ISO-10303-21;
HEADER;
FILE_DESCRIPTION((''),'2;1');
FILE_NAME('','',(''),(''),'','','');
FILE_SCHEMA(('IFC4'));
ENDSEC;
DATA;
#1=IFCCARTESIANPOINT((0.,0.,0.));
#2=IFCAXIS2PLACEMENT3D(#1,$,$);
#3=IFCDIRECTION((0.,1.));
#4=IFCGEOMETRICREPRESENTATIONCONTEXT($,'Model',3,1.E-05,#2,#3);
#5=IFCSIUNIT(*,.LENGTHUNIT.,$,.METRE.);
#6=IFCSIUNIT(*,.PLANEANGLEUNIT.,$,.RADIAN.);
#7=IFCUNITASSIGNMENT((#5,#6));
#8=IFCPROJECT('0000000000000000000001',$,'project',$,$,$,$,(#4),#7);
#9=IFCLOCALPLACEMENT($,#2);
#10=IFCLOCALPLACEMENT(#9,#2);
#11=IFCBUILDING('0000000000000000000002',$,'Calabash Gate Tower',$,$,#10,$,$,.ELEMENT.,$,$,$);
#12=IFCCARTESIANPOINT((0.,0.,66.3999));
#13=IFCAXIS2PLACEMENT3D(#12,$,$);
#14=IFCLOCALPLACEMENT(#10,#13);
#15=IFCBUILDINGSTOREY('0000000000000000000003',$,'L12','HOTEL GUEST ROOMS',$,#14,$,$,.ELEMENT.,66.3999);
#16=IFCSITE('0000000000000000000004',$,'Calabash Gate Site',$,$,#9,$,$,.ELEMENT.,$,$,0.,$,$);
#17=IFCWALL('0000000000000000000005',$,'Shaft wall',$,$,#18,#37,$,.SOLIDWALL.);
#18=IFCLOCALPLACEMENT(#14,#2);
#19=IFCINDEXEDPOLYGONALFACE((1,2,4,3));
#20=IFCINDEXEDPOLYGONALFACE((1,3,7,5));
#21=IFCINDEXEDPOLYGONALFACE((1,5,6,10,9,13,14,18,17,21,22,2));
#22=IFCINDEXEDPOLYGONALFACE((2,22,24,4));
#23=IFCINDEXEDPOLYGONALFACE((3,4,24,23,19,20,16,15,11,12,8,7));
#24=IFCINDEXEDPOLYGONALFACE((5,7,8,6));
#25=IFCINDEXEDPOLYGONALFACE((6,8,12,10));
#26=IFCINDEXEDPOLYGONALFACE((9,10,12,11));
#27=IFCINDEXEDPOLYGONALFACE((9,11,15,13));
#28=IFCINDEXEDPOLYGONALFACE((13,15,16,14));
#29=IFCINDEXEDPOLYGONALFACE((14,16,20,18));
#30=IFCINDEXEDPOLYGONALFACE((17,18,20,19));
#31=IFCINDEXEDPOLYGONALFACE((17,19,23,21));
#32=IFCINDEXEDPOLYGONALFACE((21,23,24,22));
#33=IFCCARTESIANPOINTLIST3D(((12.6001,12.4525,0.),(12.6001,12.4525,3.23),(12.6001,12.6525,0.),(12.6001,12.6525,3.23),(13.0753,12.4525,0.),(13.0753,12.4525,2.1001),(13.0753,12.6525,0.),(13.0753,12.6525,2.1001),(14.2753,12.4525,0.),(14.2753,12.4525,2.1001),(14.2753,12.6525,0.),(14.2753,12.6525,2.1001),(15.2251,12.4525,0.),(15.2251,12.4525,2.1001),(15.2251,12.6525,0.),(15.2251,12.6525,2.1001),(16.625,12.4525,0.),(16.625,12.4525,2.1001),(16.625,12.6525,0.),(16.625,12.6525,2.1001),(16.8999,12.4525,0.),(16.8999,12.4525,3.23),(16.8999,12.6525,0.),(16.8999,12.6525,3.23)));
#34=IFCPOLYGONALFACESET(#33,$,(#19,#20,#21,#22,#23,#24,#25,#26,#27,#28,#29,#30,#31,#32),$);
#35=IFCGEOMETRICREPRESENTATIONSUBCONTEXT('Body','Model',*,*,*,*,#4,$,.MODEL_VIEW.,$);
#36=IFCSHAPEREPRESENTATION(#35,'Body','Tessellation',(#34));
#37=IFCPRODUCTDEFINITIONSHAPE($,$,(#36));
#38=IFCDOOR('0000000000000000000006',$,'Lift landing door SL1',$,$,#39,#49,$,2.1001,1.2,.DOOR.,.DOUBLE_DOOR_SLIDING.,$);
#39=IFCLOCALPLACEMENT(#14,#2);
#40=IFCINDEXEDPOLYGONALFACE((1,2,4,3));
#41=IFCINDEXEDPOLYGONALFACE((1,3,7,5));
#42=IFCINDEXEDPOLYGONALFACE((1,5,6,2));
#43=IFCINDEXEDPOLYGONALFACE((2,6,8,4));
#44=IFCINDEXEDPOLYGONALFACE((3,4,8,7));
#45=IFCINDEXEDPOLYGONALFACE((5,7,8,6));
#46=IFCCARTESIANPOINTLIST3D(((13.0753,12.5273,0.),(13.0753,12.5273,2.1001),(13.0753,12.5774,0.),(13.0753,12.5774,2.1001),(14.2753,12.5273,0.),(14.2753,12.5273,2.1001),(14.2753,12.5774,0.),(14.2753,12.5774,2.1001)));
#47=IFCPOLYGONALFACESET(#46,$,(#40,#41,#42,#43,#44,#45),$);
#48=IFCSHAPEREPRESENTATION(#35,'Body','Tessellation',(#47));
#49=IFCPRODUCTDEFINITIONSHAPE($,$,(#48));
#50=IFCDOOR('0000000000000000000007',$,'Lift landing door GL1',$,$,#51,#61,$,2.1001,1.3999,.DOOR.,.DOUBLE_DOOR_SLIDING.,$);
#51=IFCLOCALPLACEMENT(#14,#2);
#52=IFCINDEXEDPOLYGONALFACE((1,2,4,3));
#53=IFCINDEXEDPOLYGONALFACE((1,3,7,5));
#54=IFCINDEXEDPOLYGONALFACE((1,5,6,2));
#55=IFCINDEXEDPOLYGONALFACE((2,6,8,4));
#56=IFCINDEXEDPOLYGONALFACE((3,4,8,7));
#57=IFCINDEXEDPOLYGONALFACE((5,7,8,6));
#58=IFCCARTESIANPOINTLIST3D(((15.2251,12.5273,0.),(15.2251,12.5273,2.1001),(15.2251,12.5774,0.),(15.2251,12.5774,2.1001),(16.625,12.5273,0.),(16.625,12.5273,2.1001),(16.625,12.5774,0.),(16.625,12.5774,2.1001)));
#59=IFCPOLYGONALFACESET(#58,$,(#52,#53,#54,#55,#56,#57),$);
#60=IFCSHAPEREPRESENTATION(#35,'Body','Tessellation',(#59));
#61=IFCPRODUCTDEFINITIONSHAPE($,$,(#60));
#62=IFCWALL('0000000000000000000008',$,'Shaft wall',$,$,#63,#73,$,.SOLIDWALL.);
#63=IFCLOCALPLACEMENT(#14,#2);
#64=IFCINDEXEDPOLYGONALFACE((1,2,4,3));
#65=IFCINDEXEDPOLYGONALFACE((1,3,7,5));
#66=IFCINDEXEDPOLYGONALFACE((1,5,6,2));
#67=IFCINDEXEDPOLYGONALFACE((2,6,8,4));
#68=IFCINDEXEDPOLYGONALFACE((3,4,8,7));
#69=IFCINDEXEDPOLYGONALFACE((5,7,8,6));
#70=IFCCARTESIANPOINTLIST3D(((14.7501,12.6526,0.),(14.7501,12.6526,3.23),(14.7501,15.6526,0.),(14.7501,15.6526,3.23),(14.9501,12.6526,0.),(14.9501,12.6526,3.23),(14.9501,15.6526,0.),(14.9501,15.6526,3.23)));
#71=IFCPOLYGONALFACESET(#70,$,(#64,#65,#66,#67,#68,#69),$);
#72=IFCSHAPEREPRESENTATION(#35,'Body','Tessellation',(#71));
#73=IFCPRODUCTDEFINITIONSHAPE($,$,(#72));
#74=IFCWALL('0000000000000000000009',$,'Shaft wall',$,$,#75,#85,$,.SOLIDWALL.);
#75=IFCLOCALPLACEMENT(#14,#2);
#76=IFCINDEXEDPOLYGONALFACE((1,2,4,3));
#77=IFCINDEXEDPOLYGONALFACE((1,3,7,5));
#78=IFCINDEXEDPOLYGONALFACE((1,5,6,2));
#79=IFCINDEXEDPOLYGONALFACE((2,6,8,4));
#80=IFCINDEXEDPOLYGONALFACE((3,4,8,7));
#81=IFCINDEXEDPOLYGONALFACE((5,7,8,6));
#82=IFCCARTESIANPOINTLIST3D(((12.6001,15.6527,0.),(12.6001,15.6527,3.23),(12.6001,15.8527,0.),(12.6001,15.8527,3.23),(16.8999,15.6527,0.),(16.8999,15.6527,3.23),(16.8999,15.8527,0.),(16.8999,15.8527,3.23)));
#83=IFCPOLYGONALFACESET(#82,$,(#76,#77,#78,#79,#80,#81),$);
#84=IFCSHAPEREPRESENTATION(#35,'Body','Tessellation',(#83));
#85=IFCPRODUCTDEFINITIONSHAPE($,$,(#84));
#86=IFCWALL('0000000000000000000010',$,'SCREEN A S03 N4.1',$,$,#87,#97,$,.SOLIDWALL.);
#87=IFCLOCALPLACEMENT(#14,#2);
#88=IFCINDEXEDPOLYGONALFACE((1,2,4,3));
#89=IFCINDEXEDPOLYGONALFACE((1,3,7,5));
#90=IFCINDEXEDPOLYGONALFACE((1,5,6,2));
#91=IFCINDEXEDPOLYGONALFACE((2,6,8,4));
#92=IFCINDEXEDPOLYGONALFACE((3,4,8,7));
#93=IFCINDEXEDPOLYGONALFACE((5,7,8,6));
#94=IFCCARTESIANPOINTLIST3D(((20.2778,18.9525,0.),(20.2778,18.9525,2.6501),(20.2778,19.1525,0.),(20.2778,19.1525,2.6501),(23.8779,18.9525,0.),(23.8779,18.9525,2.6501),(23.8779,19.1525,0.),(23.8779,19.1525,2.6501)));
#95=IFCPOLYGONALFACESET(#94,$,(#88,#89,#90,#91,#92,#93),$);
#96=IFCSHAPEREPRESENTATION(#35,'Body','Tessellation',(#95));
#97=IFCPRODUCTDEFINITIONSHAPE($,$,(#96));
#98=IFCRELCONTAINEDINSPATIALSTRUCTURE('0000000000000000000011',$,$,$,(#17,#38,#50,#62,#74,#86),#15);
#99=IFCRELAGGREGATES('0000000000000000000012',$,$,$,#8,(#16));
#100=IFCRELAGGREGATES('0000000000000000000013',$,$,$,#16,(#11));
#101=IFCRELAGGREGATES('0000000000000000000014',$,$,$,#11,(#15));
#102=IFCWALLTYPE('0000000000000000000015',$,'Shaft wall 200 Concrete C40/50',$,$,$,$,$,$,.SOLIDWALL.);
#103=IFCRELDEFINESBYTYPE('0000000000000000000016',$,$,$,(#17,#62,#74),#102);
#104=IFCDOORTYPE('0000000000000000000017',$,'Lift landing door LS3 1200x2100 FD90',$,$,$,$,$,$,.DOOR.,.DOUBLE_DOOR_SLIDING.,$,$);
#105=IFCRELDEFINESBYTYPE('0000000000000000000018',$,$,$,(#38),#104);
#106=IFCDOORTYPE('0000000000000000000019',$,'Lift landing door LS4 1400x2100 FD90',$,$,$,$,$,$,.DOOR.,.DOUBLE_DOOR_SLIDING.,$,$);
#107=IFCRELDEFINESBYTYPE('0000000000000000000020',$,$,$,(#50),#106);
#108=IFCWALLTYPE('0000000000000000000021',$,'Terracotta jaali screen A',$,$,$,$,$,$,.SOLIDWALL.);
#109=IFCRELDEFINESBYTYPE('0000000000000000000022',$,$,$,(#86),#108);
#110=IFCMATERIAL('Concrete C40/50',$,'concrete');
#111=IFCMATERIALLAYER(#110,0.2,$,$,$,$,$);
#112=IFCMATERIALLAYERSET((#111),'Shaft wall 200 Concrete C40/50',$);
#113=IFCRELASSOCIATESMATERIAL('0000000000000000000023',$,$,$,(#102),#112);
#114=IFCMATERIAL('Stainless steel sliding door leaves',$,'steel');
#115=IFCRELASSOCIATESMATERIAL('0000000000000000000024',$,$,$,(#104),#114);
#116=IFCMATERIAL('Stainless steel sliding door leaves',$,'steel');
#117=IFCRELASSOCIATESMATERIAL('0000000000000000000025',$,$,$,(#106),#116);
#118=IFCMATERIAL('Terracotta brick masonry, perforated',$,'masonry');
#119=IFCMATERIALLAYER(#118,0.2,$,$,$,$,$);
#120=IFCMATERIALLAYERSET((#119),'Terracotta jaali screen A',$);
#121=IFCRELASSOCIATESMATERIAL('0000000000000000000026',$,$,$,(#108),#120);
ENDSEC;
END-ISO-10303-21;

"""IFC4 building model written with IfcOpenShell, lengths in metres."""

from ifc_helpers import new_model, si_unit, direction, frame, frame_2d, origin, place, context, subcontext, project, spatial, rectangle, extrude, material, layer, layer_set, type_object, element, fill, save


model = new_model("IFC4")

# Units and contexts
model_context = context("Model", 3, precision=1e-05, world=origin(), true_north=direction((0.0, 1.0)))
body_context = subcontext(model_context, "Body", "Model", "MODEL_VIEW")
ifc_project = project(units=[si_unit("LENGTHUNIT", "METRE"), si_unit("PLANEANGLEUNIT", "RADIAN")], contexts=[model_context])

# Site, building, storey
site_placement = place(None, origin())
site = spatial("IfcSite", under=ifc_project, at=site_placement, Name="Calabash Gate Site", CompositionType="ELEMENT", RefElevation=0.0)
building_placement = place(site_placement, origin())
building = spatial("IfcBuilding", under=site, at=building_placement, Name="Calabash Gate Tower", CompositionType="ELEMENT")
storey_placement = place(building_placement, frame((0.0, 0.0, 66.3999)))
storey = spatial("IfcBuildingStorey", under=building, at=storey_placement, Name="L12", Description="HOTEL GUEST ROOMS", CompositionType="ELEMENT", Elevation=66.3999)

# Wall, openings, doors
ifc_material_1 = material(Name="Concrete C40/50", Category="concrete")
ifc_layer_1 = layer(ifc_material_1, 0.2)
ifc_layer_set_1 = layer_set([ifc_layer_1], Name="Shaft wall 200 Concrete C40/50")
wall_type_1 = type_object("IfcWallType", Name="Shaft wall 200 Concrete C40/50", PredefinedType="SOLIDWALL", material=ifc_layer_set_1)
wall_1_placement = place(storey_placement, frame((12.6001, 12.5525, 0.0), z_axis=(0.0, 0.0, 1.0), x_axis=(1.0, 0.0, 0.0)))
wall_1 = element("IfcWall", 1, at=wall_1_placement, inside=storey, type_object=wall_type_1, Name="Shaft wall", PredefinedType="SOLIDWALL", context=body_context, shape_type="SweptSolid", body=[
    extrude(rectangle(XDim=4.2998, YDim=0.2, at=frame_2d((2.1499, 0.0))), origin(), (0.0, 0.0, 1.0), 3.23),
])
opening_1_placement = place(wall_1_placement, frame((0.4751, 0.0, 0.0)))
opening_1 = element("IfcOpeningElement", 2, at=opening_1_placement, cuts=wall_1, PredefinedType="OPENING", context=body_context, shape_type="SweptSolid", body=[
    extrude(rectangle(XDim=1.2, YDim=2.1001, at=frame_2d((0.6001, 1.05))), frame((0.0, 0.1099, 0.0), z_axis=(0.0, -1.0, 0.0), x_axis=(1.0, 0.0, 0.0)), (0.0, 0.0, 1.0), 0.22),
])
opening_2_placement = place(wall_1_placement, frame((2.625, 0.0, 0.0)))
opening_2 = element("IfcOpeningElement", 3, at=opening_2_placement, cuts=wall_1, PredefinedType="OPENING", context=body_context, shape_type="SweptSolid", body=[
    extrude(rectangle(XDim=1.3999, YDim=2.1001, at=frame_2d((0.7, 1.05))), frame((0.0, 0.1099, 0.0), z_axis=(0.0, -1.0, 0.0), x_axis=(1.0, 0.0, 0.0)), (0.0, 0.0, 1.0), 0.22),
])
ifc_material_2 = material(Name="Stainless steel sliding door leaves", Category="steel")
door_type_1 = type_object("IfcDoorType", Name="Lift landing door LS3 1200x2100 FD90", OperationType="DOUBLE_DOOR_SLIDING", PredefinedType="DOOR", material=ifc_material_2)
door_1_placement = place(opening_1_placement, origin())
door_1 = element("IfcDoor", 4, at=door_1_placement, inside=storey, type_object=door_type_1, Name="Lift landing door SL1", OperationType="DOUBLE_DOOR_SLIDING", OverallHeight=2.1001, OverallWidth=1.2, PredefinedType="DOOR", context=body_context, shape_type="SweptSolid", body=[
    extrude(rectangle(XDim=1.2, YDim=2.1001, at=frame_2d((0.6001, 1.05))), frame((0.0, 0.0249, 0.0), z_axis=(0.0, -1.0, 0.0), x_axis=(1.0, 0.0, 0.0)), (0.0, 0.0, 1.0), 0.05),
])
fill(opening_1, door_1)
ifc_material_3 = material(Name="Stainless steel sliding door leaves", Category="steel")
door_type_2 = type_object("IfcDoorType", Name="Lift landing door LS4 1400x2100 FD90", OperationType="DOUBLE_DOOR_SLIDING", PredefinedType="DOOR", material=ifc_material_3)
door_2_placement = place(opening_2_placement, origin())
door_2 = element("IfcDoor", 5, at=door_2_placement, inside=storey, type_object=door_type_2, Name="Lift landing door GL1", OperationType="DOUBLE_DOOR_SLIDING", OverallHeight=2.1001, OverallWidth=1.3999, PredefinedType="DOOR", context=body_context, shape_type="SweptSolid", body=[
    extrude(rectangle(XDim=1.3999, YDim=2.1001, at=frame_2d((0.7, 1.05))), frame((0.0, 0.0249, 0.0), z_axis=(0.0, -1.0, 0.0), x_axis=(1.0, 0.0, 0.0)), (0.0, 0.0, 1.0), 0.05),
])
fill(opening_2, door_2)

# Walls
wall_2_placement = place(storey_placement, frame((14.8501, 12.6526, 0.0), z_axis=(0.0, 0.0, 1.0), x_axis=(0.0, 1.0, 0.0)))
element("IfcWall", 6, at=wall_2_placement, inside=storey, type_object=wall_type_1, Name="Shaft wall", PredefinedType="SOLIDWALL", context=body_context, shape_type="SweptSolid", body=[
    extrude(rectangle(XDim=3.0, YDim=0.2, at=frame_2d((1.5, 0.0))), origin(), (0.0, 0.0, 1.0), 3.23),
])
wall_3_placement = place(storey_placement, frame((12.6001, 15.7527, 0.0), z_axis=(0.0, 0.0, 1.0), x_axis=(1.0, 0.0, 0.0)))
element("IfcWall", 7, at=wall_3_placement, inside=storey, type_object=wall_type_1, Name="Shaft wall", PredefinedType="SOLIDWALL", context=body_context, shape_type="SweptSolid", body=[
    extrude(rectangle(XDim=4.2998, YDim=0.2, at=frame_2d((2.1499, 0.0))), origin(), (0.0, 0.0, 1.0), 3.23),
])
ifc_material_4 = material(Name="Terracotta brick masonry, perforated", Category="masonry")
ifc_layer_2 = layer(ifc_material_4, 0.2)
ifc_layer_set_2 = layer_set([ifc_layer_2], Name="Terracotta jaali screen A")
wall_type_2 = type_object("IfcWallType", Name="Terracotta jaali screen A", PredefinedType="SOLIDWALL", material=ifc_layer_set_2)
wall_4_placement = place(storey_placement, frame((23.8779, 19.0525, 0.0), z_axis=(0.0, 0.0, 1.0), x_axis=(-1.0, 0.0, 0.0)))
element("IfcWall", 8, at=wall_4_placement, inside=storey, type_object=wall_type_2, Name="SCREEN A S03 N4.1", PredefinedType="SOLIDWALL", context=body_context, shape_type="SweptSolid", body=[
    extrude(rectangle(XDim=3.6001, YDim=0.2, at=frame_2d((1.8, 0.0))), origin(), (0.0, 0.0, 1.0), 2.6501),
])

save(model, "model.ifc")
